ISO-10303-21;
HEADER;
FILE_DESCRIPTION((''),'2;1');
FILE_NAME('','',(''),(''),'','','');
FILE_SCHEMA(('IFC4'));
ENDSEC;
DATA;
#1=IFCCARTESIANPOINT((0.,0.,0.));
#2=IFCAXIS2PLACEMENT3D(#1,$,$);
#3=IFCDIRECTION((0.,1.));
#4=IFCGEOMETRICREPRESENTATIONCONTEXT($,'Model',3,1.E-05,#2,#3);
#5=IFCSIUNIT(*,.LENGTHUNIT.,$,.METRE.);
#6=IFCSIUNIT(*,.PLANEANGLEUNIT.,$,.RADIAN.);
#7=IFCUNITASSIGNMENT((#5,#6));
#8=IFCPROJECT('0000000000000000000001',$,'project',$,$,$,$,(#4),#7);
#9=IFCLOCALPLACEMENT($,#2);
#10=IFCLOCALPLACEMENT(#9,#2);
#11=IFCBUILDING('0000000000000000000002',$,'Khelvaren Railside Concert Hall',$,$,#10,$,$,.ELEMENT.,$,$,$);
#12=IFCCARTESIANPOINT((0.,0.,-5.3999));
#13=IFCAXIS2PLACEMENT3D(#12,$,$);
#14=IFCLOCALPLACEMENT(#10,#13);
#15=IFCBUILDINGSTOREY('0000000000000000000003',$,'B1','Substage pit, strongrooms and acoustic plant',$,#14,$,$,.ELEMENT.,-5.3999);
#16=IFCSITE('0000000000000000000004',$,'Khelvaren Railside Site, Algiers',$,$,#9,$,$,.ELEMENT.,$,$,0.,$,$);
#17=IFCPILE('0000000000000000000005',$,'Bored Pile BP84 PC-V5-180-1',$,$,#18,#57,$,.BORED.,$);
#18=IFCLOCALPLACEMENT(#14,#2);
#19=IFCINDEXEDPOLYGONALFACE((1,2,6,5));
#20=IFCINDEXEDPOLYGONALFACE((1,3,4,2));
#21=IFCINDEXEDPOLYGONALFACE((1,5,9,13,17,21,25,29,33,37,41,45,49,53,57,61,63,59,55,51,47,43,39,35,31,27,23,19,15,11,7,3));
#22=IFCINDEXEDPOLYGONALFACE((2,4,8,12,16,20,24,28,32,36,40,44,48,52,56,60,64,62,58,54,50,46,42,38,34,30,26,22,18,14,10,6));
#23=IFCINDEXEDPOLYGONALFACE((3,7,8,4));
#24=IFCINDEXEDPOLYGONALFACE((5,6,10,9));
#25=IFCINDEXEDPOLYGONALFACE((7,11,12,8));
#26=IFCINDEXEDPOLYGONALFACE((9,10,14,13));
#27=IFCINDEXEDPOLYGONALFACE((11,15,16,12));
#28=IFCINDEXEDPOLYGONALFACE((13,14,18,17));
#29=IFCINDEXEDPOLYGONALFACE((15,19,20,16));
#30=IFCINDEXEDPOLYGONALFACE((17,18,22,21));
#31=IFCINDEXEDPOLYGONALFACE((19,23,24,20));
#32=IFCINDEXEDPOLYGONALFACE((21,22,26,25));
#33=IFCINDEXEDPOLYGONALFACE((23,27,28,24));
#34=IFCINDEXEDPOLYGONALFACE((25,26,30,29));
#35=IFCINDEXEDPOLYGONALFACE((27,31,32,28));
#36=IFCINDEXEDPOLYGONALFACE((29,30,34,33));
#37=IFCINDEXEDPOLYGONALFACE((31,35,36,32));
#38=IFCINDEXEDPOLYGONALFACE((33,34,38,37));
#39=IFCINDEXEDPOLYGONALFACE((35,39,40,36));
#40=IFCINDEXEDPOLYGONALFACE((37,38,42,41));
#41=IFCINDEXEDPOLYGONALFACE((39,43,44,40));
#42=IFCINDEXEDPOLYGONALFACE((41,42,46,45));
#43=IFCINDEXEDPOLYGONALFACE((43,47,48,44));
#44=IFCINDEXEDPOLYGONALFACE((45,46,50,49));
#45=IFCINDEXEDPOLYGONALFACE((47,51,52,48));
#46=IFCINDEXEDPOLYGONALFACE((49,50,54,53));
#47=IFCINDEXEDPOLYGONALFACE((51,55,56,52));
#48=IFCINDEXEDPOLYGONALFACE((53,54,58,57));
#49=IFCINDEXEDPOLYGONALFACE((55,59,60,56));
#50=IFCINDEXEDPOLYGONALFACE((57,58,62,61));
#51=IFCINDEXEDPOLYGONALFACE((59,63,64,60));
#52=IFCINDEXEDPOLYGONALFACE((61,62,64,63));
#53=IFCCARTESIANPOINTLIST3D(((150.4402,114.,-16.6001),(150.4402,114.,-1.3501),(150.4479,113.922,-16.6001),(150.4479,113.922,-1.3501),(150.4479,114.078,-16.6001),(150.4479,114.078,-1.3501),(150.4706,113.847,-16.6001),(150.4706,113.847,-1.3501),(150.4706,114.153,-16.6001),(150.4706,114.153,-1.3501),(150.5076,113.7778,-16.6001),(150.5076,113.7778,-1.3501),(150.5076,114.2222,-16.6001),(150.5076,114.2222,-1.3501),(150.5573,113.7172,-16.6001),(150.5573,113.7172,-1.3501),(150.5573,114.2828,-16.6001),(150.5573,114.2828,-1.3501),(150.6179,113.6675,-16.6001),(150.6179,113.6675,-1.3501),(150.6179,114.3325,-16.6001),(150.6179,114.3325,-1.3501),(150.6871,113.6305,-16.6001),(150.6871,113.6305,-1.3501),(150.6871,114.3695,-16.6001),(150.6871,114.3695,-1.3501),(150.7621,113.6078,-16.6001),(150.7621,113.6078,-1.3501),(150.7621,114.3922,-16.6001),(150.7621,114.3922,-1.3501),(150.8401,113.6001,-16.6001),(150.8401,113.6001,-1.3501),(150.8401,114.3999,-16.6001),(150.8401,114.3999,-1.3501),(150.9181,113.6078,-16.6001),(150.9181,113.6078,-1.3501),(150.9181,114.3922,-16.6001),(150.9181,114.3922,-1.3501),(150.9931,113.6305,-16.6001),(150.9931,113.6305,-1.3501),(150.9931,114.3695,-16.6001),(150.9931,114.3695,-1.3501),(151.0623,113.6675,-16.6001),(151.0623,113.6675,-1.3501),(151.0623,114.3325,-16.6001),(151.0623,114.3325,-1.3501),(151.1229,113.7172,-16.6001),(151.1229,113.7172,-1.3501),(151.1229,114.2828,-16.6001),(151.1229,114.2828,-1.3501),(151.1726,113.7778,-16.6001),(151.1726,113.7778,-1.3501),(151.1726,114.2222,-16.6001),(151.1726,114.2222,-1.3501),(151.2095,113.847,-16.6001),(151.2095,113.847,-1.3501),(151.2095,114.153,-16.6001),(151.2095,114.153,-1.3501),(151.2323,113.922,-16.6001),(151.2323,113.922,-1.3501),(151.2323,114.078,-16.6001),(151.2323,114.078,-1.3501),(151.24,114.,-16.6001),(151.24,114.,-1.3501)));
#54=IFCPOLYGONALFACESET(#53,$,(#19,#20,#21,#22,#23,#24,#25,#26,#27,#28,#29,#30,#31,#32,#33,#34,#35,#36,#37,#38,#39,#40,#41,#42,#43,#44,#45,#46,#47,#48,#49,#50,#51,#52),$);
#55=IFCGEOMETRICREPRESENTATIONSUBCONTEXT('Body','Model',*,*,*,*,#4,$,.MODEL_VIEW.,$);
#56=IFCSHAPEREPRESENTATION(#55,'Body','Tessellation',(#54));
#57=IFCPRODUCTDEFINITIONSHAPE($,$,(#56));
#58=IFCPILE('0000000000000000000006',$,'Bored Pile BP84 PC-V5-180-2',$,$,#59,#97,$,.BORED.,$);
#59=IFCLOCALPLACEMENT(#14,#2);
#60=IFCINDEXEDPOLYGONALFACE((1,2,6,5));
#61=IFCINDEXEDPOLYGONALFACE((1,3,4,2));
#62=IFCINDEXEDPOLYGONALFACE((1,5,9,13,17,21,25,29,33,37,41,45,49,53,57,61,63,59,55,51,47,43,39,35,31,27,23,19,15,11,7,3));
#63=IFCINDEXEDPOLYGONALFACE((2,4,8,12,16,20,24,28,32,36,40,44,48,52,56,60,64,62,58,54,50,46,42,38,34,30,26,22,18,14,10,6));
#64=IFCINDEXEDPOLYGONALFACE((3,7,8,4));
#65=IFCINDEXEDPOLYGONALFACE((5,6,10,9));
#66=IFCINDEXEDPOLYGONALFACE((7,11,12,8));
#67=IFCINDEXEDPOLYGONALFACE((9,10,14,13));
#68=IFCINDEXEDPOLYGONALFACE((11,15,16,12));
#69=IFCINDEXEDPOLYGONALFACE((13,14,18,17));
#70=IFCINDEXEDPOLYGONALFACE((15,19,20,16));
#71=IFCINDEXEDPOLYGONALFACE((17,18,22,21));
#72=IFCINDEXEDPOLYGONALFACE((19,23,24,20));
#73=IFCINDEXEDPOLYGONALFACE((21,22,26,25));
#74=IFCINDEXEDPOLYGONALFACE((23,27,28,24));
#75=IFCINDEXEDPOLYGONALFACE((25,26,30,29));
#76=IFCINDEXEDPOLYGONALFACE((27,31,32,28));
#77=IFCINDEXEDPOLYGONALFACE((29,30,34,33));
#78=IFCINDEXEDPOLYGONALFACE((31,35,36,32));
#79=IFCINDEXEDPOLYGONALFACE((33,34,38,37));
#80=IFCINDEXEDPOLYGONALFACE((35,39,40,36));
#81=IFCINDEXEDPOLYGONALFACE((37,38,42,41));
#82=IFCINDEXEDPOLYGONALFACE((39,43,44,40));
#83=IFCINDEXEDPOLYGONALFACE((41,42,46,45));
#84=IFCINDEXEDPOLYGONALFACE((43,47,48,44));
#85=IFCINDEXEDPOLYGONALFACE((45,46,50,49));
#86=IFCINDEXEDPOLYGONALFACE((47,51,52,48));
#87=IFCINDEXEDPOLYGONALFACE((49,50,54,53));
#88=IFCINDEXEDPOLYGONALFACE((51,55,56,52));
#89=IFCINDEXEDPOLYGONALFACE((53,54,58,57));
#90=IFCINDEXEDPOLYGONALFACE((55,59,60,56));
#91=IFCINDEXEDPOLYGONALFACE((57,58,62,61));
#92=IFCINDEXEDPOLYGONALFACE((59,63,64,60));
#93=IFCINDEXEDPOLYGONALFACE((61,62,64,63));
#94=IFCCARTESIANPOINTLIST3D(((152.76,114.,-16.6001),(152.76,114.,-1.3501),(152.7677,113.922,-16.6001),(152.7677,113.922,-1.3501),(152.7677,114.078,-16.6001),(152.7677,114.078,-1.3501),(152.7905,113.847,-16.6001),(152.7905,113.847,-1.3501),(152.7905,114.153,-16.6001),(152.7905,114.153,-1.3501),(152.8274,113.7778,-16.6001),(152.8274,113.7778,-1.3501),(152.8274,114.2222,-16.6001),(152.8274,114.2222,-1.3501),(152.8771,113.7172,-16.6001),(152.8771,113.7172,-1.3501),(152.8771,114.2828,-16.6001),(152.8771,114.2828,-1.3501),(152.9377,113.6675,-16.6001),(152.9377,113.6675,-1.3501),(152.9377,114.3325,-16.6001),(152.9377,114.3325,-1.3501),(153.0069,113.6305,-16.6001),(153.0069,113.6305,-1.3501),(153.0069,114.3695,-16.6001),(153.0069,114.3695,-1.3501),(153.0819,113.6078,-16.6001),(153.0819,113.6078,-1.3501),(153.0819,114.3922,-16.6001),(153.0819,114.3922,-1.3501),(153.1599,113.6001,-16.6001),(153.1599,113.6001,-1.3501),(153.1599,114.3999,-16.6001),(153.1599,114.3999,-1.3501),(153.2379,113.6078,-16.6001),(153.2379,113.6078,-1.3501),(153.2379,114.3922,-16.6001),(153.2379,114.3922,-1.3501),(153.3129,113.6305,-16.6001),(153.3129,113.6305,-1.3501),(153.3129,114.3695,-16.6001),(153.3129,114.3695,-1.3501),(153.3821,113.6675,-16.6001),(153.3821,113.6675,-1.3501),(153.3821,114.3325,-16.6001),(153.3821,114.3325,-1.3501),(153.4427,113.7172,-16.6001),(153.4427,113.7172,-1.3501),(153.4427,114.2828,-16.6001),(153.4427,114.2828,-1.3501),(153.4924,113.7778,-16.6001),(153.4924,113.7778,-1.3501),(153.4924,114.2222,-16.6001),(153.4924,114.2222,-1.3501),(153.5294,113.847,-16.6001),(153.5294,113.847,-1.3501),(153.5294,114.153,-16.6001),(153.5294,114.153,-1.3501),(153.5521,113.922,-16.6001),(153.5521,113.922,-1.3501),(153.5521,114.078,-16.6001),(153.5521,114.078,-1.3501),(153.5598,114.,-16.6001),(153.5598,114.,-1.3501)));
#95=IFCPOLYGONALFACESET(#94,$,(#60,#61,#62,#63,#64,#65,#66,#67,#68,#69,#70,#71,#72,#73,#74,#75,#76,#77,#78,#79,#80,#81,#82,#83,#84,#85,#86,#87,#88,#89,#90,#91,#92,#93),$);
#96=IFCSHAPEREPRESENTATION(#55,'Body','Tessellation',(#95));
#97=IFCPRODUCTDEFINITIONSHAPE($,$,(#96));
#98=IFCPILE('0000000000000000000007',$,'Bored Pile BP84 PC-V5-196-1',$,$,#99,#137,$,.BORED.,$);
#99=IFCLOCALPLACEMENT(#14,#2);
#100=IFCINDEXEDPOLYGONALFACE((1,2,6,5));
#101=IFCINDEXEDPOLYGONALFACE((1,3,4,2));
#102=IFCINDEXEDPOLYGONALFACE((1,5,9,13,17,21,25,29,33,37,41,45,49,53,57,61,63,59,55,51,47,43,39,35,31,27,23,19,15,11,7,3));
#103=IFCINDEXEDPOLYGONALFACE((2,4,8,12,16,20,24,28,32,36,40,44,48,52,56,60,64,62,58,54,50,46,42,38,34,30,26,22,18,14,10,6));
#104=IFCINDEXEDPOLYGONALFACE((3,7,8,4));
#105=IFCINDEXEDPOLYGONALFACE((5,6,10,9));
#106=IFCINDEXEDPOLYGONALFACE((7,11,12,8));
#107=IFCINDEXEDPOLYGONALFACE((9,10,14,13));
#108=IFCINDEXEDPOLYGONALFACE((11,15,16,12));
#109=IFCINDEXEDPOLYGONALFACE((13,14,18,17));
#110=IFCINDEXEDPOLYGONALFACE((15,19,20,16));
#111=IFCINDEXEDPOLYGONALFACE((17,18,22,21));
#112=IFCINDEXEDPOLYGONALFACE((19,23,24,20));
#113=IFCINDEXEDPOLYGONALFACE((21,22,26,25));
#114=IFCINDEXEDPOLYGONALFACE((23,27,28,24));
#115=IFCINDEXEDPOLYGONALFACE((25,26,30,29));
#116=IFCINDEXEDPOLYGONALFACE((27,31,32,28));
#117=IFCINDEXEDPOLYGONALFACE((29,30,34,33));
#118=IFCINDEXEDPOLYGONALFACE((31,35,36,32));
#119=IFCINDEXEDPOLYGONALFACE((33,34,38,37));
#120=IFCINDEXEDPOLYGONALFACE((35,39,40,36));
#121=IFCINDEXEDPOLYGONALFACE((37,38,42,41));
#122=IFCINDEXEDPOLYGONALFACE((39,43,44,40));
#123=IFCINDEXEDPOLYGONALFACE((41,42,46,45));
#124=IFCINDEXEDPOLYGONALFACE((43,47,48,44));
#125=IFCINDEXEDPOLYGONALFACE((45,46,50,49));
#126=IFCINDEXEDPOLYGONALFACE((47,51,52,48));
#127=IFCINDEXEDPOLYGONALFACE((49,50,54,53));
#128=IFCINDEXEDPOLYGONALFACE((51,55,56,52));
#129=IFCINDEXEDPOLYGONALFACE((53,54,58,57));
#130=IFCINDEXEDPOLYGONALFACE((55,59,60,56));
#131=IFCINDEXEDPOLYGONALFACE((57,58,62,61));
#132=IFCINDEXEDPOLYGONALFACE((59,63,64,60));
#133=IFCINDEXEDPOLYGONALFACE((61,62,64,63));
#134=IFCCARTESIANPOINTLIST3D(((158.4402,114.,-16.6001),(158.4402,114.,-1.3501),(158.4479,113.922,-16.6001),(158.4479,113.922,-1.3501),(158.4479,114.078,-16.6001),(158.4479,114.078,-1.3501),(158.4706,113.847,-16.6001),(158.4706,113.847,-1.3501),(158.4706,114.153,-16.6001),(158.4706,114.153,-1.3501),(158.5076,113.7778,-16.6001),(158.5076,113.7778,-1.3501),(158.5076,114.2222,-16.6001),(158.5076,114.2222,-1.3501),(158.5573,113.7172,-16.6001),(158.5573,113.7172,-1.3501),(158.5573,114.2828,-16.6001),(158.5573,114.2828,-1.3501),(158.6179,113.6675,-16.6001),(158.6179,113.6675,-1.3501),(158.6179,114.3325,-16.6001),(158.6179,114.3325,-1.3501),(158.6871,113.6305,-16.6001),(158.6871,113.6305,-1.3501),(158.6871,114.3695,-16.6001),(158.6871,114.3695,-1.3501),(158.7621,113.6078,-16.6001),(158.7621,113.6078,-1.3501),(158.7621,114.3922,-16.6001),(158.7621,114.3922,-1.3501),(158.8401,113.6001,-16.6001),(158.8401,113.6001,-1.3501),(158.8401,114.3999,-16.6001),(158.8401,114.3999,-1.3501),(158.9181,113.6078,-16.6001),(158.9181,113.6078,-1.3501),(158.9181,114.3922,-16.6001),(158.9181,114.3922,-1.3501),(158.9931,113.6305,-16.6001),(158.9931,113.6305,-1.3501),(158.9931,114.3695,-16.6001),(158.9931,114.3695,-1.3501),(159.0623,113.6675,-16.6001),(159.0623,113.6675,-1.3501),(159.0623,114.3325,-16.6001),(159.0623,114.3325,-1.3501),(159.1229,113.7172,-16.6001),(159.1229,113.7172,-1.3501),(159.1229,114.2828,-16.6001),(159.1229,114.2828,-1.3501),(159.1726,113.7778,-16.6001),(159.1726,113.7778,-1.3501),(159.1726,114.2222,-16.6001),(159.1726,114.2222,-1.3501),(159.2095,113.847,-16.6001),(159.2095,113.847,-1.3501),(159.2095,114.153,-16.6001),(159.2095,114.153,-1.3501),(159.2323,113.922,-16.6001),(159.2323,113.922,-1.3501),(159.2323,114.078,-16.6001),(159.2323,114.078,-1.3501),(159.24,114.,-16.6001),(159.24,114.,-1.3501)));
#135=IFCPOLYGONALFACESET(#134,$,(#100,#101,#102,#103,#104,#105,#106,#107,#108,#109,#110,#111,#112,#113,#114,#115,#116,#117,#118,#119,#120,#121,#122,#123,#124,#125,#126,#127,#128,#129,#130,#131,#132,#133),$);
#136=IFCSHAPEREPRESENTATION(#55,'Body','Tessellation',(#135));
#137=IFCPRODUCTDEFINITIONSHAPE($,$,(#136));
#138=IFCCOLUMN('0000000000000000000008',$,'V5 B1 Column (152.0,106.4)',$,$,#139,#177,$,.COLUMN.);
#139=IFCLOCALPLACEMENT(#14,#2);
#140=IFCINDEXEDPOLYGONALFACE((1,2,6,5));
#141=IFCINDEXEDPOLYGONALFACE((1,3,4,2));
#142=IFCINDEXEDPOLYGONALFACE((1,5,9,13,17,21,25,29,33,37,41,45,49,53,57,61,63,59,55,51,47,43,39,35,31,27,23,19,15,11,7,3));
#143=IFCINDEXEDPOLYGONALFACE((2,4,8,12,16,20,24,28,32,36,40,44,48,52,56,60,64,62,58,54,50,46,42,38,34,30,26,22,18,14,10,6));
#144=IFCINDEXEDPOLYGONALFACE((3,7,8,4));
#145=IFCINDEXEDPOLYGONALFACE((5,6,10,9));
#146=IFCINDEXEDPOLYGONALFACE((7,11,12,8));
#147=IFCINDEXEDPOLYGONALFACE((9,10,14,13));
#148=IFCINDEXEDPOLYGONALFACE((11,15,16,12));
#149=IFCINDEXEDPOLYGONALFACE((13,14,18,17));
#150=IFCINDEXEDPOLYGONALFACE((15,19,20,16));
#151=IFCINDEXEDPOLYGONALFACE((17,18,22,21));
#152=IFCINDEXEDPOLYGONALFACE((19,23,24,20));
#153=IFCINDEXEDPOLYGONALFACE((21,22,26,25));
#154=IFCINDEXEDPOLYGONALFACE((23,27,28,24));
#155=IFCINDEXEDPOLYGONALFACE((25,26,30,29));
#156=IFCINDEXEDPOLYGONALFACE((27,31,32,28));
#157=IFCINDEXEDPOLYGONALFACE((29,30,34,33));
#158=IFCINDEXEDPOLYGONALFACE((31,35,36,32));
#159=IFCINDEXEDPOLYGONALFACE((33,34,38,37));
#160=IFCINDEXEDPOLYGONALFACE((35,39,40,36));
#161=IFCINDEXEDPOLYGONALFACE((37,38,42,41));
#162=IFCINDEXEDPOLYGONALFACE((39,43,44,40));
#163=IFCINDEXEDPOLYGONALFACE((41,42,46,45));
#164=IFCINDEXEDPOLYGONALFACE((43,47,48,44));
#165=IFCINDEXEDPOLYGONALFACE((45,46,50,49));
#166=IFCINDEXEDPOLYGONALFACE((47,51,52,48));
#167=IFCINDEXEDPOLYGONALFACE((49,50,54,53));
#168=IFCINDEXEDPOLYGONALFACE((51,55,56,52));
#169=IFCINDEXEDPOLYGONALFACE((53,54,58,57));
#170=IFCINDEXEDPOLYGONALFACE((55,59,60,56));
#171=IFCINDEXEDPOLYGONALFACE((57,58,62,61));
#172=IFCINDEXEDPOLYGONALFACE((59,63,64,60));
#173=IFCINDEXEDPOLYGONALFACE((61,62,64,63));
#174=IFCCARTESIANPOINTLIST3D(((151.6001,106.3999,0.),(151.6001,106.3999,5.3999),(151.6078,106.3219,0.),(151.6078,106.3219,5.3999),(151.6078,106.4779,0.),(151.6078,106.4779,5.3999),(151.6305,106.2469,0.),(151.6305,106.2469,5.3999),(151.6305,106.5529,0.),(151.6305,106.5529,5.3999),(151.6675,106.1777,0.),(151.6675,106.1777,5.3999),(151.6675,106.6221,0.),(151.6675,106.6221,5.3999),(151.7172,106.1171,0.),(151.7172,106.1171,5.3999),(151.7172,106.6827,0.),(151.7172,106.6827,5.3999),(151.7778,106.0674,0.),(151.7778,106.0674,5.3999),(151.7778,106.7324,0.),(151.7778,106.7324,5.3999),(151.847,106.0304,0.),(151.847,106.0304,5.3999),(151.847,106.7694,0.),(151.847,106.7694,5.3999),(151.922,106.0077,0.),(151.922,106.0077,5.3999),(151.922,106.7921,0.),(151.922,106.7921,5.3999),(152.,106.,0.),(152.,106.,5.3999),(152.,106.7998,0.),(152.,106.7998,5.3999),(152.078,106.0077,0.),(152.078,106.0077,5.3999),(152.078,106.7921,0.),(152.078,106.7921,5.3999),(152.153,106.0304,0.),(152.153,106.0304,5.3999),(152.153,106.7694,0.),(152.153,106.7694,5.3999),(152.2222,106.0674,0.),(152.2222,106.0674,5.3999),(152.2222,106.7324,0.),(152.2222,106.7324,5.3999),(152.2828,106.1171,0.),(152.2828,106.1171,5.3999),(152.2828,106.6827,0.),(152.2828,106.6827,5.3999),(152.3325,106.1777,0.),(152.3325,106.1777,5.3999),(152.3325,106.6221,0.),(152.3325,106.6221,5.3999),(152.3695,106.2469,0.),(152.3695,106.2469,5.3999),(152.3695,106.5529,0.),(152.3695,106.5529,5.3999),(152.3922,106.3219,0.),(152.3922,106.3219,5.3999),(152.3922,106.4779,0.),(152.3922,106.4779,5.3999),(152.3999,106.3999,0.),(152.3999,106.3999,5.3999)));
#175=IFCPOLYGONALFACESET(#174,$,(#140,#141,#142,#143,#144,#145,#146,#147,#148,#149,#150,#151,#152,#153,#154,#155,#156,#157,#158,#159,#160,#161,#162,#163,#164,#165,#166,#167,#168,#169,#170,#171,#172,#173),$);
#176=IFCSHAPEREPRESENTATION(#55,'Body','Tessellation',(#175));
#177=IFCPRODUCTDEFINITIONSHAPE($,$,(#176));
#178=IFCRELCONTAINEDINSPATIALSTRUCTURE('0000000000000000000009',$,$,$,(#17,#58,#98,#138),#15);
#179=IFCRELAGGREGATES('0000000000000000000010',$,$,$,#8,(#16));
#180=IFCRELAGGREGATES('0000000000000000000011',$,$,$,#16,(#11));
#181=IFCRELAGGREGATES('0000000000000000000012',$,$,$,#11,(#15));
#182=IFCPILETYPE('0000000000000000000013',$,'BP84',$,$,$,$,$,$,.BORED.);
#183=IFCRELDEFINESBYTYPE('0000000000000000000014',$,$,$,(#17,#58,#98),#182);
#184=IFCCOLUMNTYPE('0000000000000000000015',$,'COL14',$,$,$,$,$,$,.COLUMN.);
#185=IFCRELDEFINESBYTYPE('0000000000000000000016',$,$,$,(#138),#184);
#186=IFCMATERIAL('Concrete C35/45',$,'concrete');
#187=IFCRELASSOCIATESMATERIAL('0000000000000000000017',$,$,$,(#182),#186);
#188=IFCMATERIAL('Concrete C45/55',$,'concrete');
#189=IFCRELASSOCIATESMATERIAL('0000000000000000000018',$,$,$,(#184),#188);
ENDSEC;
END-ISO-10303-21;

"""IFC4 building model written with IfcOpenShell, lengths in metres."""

from ifc_helpers import new_model, si_unit, direction, frame, origin, origin_2d, place, context, subcontext, project, spatial, circle, extrude, material, material_profile, profile_set, type_object, element, save


model = new_model("IFC4")

# Units and contexts
model_context = context("Model", 3, precision=1e-05, world=origin(), true_north=direction((0.0, 1.0)))
body_context = subcontext(model_context, "Body", "Model", "MODEL_VIEW")
ifc_project = project(units=[si_unit("LENGTHUNIT", "METRE"), si_unit("PLANEANGLEUNIT", "RADIAN")], contexts=[model_context])

# Site, building, storey
site_placement = place(None, origin())
site = spatial("IfcSite", under=ifc_project, at=site_placement, Name="Khelvaren Railside Site, Algiers", CompositionType="ELEMENT", RefElevation=0.0)
building_placement = place(site_placement, origin())
building = spatial("IfcBuilding", under=site, at=building_placement, Name="Khelvaren Railside Concert Hall", CompositionType="ELEMENT")
storey_placement = place(building_placement, frame((0.0, 0.0, -5.3999)))
storey = spatial("IfcBuildingStorey", under=building, at=storey_placement, Name="B1", Description="Substage pit, strongrooms and acoustic plant", CompositionType="ELEMENT", Elevation=-5.3999)

# Piles
ifc_material_1 = material(Name="Concrete C35/45", Category="concrete")
ifc_material_profile_1 = material_profile(ifc_material_1, circle(Radius=0.3999, at=origin_2d()), Name="BP D800")
ifc_profile_set_1 = profile_set([ifc_material_profile_1], Name="Concrete C35/45")
pile_type_1 = type_object("IfcPileType", Name="BP84", PredefinedType="BORED", material=ifc_profile_set_1)
for number, where, z_axis, x_axis, name in (
    (1, (150.8401, 114.0, -1.3501), (0.0, 0.0, -1.0), (1.0, 0.0, 0.0), "Bored Pile BP84 PC-V5-180-1"),
    (2, (153.1599, 114.0, -1.3501), (0.0, 0.0, -1.0), (1.0, 0.0, 0.0), "Bored Pile BP84 PC-V5-180-2"),
    (3, (158.8401, 114.0, -1.3501), (0.0, 0.0, -1.0), (1.0, 0.0, 0.0), "Bored Pile BP84 PC-V5-196-1"),
):
    element("IfcPile", number, at=place(storey_placement, frame(where, z_axis=z_axis, x_axis=x_axis)), inside=storey, type_object=pile_type_1, Name=name, PredefinedType="BORED", context=body_context, shape_type="SweptSolid", body=[
        extrude(circle(Radius=0.3999, at=origin_2d()), origin(), (0.0, 0.0, 1.0), 15.25),
    ])

# Column
ifc_material_2 = material(Name="Concrete C45/55", Category="concrete")
ifc_material_profile_2 = material_profile(ifc_material_2, circle(Radius=0.3999, at=origin_2d()), Name="RC D800")
ifc_profile_set_2 = profile_set([ifc_material_profile_2], Name="Concrete C45/55")
column_type_1 = type_object("IfcColumnType", Name="COL14", PredefinedType="COLUMN", material=ifc_profile_set_2)
column_1_placement = place(storey_placement, frame((152.0, 106.3999, 0.0), z_axis=(0.0, 0.0, 1.0), x_axis=(1.0, 0.0, 0.0)))
element("IfcColumn", 4, at=column_1_placement, inside=storey, type_object=column_type_1, Name="V5 B1 Column (152.0,106.4)", PredefinedType="COLUMN", context=body_context, shape_type="SweptSolid", body=[
    extrude(circle(Radius=0.3999, at=origin_2d()), origin(), (0.0, 0.0, 1.0), 5.3999),
])

save(model, "model.ifc")
